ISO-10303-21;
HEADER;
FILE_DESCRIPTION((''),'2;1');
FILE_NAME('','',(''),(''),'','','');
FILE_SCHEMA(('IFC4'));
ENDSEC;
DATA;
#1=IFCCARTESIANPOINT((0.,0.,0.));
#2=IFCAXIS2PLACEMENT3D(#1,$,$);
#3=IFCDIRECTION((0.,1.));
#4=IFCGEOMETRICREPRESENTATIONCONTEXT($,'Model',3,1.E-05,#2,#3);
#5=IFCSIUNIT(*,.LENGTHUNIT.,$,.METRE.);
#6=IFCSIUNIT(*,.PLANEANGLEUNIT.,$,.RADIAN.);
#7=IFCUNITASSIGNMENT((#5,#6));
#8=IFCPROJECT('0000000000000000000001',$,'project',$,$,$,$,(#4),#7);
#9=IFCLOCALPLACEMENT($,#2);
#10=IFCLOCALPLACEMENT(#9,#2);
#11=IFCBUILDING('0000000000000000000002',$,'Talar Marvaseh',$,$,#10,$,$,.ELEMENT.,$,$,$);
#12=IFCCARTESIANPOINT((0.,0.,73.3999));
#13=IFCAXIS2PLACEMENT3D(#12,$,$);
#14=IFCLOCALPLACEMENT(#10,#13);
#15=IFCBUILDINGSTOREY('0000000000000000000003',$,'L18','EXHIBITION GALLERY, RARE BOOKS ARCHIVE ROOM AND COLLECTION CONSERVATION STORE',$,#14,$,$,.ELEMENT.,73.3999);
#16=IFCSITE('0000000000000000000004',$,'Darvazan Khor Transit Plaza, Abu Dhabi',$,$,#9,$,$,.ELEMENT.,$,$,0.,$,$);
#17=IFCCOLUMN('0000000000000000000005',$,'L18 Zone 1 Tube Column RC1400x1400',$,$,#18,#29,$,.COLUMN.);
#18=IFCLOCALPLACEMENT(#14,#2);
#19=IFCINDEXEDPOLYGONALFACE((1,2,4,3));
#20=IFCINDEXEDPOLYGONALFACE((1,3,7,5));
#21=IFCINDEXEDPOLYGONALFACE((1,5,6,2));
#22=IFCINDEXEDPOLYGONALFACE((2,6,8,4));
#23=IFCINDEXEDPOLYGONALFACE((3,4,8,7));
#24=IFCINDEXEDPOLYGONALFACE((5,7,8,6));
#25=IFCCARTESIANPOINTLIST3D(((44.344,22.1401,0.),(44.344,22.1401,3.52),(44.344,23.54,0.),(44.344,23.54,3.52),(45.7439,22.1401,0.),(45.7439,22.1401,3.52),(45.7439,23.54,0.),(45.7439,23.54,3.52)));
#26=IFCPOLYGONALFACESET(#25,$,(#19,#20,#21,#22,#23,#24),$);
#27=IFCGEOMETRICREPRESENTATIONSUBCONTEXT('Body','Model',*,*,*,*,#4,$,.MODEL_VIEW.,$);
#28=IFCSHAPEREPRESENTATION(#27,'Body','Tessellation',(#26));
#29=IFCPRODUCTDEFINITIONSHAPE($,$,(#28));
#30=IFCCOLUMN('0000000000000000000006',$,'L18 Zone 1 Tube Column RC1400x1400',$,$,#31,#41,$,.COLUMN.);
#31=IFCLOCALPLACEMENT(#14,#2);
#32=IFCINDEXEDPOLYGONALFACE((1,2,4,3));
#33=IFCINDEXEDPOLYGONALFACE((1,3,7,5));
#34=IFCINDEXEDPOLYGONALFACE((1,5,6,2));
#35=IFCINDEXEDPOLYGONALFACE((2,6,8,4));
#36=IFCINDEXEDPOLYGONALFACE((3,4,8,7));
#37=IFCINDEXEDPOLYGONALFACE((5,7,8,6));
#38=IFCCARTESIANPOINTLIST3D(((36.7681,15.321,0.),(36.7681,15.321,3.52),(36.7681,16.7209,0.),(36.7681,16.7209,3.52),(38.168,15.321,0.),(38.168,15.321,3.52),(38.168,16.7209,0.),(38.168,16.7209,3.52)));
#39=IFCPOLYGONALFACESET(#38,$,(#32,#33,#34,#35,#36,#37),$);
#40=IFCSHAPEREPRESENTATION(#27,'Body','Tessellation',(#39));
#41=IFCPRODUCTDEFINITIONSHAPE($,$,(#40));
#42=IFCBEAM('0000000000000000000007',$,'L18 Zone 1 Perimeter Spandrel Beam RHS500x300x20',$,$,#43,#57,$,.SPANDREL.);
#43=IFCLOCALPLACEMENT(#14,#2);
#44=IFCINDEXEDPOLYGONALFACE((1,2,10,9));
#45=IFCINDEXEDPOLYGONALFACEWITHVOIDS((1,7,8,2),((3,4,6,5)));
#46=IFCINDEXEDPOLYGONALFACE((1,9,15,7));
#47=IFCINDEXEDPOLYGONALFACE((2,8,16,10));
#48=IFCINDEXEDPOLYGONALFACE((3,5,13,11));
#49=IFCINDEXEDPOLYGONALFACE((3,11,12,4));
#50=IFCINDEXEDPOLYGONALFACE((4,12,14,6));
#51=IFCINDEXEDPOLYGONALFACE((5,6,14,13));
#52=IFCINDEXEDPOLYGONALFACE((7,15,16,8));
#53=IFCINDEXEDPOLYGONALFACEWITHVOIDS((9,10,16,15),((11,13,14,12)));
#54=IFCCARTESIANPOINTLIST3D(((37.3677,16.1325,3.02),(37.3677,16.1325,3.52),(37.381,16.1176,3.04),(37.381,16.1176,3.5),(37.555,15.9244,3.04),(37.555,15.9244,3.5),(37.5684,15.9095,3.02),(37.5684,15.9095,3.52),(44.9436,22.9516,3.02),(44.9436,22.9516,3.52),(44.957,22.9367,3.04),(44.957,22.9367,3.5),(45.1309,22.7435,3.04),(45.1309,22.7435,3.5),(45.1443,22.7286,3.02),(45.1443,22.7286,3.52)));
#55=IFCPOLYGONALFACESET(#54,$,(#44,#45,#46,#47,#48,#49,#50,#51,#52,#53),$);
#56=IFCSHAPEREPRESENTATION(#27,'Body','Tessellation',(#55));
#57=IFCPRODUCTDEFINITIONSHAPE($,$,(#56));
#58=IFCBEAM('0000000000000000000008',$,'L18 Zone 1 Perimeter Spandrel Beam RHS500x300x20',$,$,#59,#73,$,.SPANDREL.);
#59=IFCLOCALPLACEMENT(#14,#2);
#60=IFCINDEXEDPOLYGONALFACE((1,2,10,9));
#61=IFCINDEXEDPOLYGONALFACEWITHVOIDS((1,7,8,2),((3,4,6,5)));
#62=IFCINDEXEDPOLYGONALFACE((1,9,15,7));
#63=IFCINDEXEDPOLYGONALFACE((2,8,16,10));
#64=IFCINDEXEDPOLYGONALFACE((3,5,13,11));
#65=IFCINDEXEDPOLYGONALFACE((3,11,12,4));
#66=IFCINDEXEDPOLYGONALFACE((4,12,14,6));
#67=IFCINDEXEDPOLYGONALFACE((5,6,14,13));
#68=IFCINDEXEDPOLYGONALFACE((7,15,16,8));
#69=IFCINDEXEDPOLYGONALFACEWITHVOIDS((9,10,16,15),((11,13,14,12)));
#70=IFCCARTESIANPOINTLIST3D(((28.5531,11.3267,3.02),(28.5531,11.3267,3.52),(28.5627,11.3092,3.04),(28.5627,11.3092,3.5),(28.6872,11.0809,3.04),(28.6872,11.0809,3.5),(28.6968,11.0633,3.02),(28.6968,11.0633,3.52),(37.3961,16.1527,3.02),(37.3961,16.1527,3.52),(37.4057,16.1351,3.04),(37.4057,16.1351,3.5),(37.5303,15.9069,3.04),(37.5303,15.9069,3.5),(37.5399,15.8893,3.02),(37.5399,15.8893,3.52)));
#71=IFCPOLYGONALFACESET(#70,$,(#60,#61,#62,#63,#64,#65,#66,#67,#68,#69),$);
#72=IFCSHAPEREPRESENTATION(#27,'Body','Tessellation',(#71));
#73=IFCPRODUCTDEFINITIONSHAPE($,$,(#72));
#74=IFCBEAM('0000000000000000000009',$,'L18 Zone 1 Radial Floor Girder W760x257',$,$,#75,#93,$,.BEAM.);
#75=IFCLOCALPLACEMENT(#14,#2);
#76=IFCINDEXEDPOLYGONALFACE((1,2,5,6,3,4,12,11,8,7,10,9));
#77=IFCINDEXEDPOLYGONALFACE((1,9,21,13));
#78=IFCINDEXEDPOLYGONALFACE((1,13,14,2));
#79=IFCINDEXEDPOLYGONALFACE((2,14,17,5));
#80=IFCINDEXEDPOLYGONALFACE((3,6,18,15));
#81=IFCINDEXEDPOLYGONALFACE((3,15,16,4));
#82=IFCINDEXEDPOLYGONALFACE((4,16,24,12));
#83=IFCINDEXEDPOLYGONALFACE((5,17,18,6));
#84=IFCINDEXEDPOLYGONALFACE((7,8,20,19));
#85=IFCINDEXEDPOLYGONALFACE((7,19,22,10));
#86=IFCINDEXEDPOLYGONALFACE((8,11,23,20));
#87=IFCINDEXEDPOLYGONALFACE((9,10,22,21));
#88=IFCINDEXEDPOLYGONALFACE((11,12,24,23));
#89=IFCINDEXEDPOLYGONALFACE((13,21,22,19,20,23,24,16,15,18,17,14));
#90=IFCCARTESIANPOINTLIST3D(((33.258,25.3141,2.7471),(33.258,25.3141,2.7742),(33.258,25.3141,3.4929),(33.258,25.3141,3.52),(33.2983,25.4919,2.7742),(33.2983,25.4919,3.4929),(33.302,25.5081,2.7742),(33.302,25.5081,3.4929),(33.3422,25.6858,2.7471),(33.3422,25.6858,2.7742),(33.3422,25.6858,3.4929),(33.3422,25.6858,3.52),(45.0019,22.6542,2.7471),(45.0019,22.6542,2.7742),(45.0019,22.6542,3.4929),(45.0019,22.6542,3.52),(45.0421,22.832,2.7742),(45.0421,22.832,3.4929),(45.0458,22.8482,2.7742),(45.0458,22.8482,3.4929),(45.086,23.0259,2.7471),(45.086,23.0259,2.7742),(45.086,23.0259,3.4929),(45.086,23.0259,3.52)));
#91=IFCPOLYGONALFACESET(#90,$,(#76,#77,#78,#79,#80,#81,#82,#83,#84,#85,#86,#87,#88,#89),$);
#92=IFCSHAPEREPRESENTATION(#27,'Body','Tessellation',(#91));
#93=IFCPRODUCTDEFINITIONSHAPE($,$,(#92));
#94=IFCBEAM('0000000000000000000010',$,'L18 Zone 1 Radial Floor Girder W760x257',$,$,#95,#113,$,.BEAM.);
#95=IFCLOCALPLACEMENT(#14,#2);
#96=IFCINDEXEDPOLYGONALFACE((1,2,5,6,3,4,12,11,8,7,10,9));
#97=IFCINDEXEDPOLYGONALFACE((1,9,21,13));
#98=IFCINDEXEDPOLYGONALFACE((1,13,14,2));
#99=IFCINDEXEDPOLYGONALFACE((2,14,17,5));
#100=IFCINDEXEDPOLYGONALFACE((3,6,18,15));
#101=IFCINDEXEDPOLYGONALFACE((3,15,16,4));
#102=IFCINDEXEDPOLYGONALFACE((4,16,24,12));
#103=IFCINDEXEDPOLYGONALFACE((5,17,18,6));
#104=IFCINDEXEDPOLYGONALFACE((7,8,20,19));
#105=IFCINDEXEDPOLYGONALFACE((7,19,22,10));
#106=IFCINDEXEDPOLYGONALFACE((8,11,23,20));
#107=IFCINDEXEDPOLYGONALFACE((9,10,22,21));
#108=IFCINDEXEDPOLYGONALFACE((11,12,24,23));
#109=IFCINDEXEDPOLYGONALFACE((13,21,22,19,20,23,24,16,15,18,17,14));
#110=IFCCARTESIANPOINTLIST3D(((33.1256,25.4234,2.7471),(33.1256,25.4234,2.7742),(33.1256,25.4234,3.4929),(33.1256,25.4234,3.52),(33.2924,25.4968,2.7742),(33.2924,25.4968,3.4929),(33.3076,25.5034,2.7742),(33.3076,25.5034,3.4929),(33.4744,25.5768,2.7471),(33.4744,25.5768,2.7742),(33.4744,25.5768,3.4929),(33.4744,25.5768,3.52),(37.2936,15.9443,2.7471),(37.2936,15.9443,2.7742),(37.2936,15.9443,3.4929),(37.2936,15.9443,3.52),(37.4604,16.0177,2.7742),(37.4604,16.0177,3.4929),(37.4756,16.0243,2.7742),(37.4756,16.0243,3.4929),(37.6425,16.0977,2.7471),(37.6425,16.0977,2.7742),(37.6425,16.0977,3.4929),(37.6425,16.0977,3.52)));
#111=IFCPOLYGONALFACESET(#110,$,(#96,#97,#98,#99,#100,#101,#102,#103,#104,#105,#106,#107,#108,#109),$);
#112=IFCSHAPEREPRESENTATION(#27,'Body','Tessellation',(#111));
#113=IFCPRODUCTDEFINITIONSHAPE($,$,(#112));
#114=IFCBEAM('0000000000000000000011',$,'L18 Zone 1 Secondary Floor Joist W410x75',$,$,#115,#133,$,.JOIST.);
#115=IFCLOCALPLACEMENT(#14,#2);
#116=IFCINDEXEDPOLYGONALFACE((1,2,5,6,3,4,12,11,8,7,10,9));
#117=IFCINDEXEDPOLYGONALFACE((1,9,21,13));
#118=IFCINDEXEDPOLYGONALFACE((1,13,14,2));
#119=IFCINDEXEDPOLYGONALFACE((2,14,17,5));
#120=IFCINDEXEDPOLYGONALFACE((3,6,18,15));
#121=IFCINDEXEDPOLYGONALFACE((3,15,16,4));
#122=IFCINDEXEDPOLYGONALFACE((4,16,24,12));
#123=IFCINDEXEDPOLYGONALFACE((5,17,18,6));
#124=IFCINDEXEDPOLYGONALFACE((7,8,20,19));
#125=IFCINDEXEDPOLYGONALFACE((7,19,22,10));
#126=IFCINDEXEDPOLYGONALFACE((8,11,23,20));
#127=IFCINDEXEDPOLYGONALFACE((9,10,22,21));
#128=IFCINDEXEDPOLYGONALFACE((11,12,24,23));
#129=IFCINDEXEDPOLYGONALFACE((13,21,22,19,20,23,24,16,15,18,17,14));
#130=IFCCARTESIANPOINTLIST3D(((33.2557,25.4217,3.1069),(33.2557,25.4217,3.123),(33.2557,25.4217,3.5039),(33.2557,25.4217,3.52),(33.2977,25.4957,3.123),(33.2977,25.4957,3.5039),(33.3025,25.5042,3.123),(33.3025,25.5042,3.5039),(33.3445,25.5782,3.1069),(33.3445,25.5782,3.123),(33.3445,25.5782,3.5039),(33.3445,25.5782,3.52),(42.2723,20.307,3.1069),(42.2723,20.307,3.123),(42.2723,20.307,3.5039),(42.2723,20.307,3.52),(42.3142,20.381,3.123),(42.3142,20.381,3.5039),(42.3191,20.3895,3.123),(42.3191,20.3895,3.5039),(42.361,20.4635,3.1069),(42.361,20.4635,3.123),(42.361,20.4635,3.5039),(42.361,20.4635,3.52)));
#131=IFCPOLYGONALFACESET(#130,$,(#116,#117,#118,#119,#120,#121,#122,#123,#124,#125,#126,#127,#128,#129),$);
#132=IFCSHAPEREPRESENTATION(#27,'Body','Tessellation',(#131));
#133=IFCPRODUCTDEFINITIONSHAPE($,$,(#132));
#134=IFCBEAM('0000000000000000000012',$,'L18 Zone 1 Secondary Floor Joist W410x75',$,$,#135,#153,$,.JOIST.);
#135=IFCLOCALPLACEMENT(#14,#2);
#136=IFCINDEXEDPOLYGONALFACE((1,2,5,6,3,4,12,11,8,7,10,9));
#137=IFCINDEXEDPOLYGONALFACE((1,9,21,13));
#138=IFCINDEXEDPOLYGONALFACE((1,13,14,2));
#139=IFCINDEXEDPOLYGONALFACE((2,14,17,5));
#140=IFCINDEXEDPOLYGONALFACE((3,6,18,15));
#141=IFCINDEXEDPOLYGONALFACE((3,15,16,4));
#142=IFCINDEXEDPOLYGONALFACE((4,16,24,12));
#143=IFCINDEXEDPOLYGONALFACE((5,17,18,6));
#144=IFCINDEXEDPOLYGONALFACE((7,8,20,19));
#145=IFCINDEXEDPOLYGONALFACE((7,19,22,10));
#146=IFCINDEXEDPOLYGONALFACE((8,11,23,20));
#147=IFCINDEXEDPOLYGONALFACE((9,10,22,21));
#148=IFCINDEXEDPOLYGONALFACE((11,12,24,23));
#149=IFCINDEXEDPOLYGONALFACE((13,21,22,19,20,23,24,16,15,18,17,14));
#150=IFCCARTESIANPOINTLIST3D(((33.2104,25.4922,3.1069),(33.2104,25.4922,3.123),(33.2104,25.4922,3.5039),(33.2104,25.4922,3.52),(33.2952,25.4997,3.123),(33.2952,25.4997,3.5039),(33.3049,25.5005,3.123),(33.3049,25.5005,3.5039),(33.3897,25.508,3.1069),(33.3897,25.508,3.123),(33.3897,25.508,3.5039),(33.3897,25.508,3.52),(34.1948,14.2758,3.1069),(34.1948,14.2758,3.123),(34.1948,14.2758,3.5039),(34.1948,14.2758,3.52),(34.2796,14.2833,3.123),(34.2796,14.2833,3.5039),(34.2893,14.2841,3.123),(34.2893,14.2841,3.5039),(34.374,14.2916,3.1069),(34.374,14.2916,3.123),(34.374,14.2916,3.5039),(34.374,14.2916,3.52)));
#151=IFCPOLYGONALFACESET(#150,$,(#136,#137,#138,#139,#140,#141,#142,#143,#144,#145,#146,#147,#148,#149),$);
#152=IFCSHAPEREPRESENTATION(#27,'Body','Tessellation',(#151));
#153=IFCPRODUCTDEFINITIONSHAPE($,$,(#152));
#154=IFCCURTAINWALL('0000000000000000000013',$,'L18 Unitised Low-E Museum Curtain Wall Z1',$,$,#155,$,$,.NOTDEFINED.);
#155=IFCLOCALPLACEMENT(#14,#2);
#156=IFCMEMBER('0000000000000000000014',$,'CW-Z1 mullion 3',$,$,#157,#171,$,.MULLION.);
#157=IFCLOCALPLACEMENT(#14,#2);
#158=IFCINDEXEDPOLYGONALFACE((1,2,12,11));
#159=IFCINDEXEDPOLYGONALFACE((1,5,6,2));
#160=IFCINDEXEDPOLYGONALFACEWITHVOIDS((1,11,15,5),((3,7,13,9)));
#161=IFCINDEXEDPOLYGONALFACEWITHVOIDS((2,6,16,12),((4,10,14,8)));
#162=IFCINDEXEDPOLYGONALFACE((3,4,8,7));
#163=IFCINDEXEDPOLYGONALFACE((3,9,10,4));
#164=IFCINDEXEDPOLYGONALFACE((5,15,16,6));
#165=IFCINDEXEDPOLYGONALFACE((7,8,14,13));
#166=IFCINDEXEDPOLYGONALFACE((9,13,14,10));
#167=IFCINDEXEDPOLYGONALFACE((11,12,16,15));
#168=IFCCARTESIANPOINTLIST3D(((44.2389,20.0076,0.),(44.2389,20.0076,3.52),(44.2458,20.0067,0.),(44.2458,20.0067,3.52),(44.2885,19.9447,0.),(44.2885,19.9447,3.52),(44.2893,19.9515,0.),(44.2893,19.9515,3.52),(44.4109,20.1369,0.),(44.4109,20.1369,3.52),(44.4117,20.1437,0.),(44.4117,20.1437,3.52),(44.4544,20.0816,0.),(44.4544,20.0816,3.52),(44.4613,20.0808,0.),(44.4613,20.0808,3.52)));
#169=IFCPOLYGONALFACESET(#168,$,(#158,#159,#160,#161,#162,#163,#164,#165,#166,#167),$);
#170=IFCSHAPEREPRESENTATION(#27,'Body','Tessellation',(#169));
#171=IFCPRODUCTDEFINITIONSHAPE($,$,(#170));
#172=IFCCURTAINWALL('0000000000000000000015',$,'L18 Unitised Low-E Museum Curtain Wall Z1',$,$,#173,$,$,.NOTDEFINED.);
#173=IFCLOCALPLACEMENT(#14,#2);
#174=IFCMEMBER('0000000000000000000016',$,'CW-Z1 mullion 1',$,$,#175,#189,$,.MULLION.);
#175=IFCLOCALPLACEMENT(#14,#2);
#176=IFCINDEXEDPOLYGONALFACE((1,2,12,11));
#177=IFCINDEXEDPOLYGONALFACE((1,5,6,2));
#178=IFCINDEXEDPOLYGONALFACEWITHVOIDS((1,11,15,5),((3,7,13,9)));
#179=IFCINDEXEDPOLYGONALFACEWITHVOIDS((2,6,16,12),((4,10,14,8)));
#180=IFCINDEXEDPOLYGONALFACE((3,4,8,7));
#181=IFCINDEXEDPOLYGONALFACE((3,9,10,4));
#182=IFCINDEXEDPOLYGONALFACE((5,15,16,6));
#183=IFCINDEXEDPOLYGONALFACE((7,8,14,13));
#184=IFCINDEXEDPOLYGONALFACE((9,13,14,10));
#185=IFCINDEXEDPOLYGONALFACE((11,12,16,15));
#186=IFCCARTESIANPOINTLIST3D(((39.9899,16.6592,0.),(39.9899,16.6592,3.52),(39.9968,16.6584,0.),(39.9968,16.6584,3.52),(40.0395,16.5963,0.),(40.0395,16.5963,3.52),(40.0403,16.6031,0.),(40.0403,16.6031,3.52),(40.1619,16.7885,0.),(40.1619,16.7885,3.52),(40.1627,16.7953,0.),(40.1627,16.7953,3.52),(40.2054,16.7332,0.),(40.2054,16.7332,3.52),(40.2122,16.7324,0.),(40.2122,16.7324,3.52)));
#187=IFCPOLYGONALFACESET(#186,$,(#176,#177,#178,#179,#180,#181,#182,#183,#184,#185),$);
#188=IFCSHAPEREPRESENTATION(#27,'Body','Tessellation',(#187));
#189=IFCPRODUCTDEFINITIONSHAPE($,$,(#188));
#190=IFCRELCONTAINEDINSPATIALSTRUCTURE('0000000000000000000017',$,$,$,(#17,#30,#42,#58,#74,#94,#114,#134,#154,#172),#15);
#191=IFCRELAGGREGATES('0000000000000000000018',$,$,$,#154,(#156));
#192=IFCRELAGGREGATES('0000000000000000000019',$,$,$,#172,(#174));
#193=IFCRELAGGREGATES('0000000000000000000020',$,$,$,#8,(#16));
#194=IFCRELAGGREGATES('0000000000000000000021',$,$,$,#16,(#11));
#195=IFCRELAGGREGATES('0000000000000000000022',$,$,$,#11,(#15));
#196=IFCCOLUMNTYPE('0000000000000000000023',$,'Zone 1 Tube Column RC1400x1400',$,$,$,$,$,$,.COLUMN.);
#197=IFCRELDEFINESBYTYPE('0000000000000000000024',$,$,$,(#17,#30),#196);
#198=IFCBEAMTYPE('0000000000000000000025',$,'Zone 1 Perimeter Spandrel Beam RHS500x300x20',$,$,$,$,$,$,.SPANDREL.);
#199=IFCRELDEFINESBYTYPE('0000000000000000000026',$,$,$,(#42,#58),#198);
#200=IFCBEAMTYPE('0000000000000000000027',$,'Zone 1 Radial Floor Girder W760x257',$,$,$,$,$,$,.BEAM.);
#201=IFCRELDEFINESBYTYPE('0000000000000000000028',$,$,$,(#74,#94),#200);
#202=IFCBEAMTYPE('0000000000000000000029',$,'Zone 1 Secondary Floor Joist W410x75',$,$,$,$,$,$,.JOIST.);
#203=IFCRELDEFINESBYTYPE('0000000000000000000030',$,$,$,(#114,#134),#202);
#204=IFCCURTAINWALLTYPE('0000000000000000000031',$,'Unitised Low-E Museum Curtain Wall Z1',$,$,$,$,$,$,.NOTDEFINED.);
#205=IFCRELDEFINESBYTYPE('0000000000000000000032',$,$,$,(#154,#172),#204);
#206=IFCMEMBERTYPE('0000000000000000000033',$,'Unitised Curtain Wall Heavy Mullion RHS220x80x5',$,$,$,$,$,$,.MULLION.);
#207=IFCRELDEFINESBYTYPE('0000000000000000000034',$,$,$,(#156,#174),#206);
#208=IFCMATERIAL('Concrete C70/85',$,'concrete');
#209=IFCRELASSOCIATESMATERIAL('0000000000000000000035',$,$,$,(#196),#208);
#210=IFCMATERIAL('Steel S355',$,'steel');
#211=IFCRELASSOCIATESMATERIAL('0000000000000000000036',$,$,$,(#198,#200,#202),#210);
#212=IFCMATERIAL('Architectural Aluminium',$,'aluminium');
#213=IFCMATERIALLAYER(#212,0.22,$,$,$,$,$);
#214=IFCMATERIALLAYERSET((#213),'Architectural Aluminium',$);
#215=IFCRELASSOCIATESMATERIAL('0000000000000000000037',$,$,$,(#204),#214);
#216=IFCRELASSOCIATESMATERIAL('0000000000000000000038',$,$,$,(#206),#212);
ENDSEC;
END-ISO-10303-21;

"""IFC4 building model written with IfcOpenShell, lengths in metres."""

from ifc_helpers import new_model, si_unit, direction, frame, origin, origin_2d, place, context, subcontext, project, spatial, rectangle, hollow_rectangle, i_section, extrude, source, transform, mapped, material, layer, layer_set, material_profile, profile_set, type_object, type_shapes, element, aggregate, save


model = new_model("IFC4")

# Units and contexts
model_context = context("Model", 3, precision=1e-05, world=origin(), true_north=direction((0.0, 1.0)))
body_context = subcontext(model_context, "Body", "Model", "MODEL_VIEW")
ifc_project = project(units=[si_unit("LENGTHUNIT", "METRE"), si_unit("PLANEANGLEUNIT", "RADIAN")], contexts=[model_context])

# Site, building, storey
site_placement = place(None, origin())
site = spatial("IfcSite", under=ifc_project, at=site_placement, Name="Darvazan Khor Transit Plaza, Abu Dhabi", CompositionType="ELEMENT", RefElevation=0.0)
building_placement = place(site_placement, origin())
building = spatial("IfcBuilding", under=site, at=building_placement, Name="Talar Marvaseh", CompositionType="ELEMENT")
storey_placement = place(building_placement, frame((0.0, 0.0, 73.3999)))
storey = spatial("IfcBuildingStorey", under=building, at=storey_placement, Name="L18", Description="EXHIBITION GALLERY, RARE BOOKS ARCHIVE ROOM AND COLLECTION CONSERVATION STORE", CompositionType="ELEMENT", Elevation=73.3999)

# Columns
ifc_material_1 = material(Name="Concrete C70/85", Category="concrete")
ifc_material_profile_1 = material_profile(ifc_material_1, rectangle(XDim=1.3999, YDim=1.3999, at=origin_2d()), Name="RC1400x1400")
ifc_profile_set_1 = profile_set([ifc_material_profile_1], Name="Concrete C70/85")
column_type = type_object("IfcColumnType", Name="Zone 1 Tube Column RC1400x1400", PredefinedType="COLUMN", material=ifc_profile_set_1)
for number, where, z_axis, x_axis, name in (
    (1, (45.0439, 22.8401, 0.0), (0.0, 0.0, 1.0), (1.0, 0.0, 0.0), "L18 Zone 1 Tube Column RC1400x1400"),
    (2, (37.468, 16.021, 0.0), (0.0, 0.0, 1.0), (1.0, 0.0, 0.0), "L18 Zone 1 Tube Column RC1400x1400"),
):
    element("IfcColumn", number, at=place(storey_placement, frame(where, z_axis=z_axis, x_axis=x_axis)), inside=storey, type_object=column_type, Name=name, PredefinedType="COLUMN", context=body_context, shape_type="SweptSolid", body=[
        extrude(rectangle(XDim=1.3999, YDim=1.3999, at=origin_2d()), origin(), (0.0, 0.0, 1.0), 3.52),
    ])

# Beams
ifc_material_2 = material(Name="Steel S355", Category="steel")
ifc_material_profile_2 = material_profile(ifc_material_2, hollow_rectangle(XDim=0.3, YDim=0.5, WallThickness=0.02, at=origin_2d()), Name="RHS500x300x20")
ifc_profile_set_2 = profile_set([ifc_material_profile_2], Name="Steel S355")
beam_type_1 = type_object("IfcBeamType", Name="Zone 1 Perimeter Spandrel Beam RHS500x300x20", PredefinedType="SPANDREL", material=ifc_profile_set_2)
beam_1_placement = place(storey_placement, frame((45.0439, 22.8401, 3.27), z_axis=(-0.743257, -0.669006, 0.0), x_axis=(0.669006, -0.743257, 0.0)))
element("IfcBeam", 3, at=beam_1_placement, inside=storey, type_object=beam_type_1, Name="L18 Zone 1 Perimeter Spandrel Beam RHS500x300x20", PredefinedType="SPANDREL", context=body_context, shape_type="SweptSolid", body=[
    extrude(hollow_rectangle(XDim=0.3, YDim=0.5, WallThickness=0.02, at=origin_2d()), origin(), (0.0, 0.0, 1.0), 10.1929),
])
beam_2_placement = place(storey_placement, frame((37.468, 16.021, 3.27), z_axis=(-0.877793, -0.479041, 0.0), x_axis=(0.479041, -0.877793, 0.0)))
element("IfcBeam", 4, at=beam_2_placement, inside=storey, type_object=beam_type_1, Name="L18 Zone 1 Perimeter Spandrel Beam RHS500x300x20", PredefinedType="SPANDREL", context=body_context, shape_type="SweptSolid", body=[
    extrude(hollow_rectangle(XDim=0.3, YDim=0.5, WallThickness=0.02, at=origin_2d()), origin(), (0.0, 0.0, 1.0), 10.0742),
])
ifc_material_profile_3 = material_profile(ifc_material_2, i_section(OverallWidth=0.3811, OverallDepth=0.7729, WebThickness=0.0166, FlangeThickness=0.0271, at=origin_2d()), Name="W760x257")
ifc_profile_set_3 = profile_set([ifc_material_profile_3], Name="Steel S355")
beam_type_2 = type_object("IfcBeamType", Name="Zone 1 Radial Floor Girder W760x257", PredefinedType="BEAM", material=ifc_profile_set_3)
beam_3_placement = place(storey_placement, frame((45.0439, 22.8401, 3.1335), z_axis=(-0.975297, 0.220898, 0.0), x_axis=(-0.220898, -0.975297, 0.0)))
element("IfcBeam", 5, at=beam_3_placement, inside=storey, type_object=beam_type_2, Name="L18 Zone 1 Radial Floor Girder W760x257", PredefinedType="BEAM", context=body_context, shape_type="SweptSolid", body=[
    extrude(i_section(OverallWidth=0.3811, OverallDepth=0.7729, WebThickness=0.0166, FlangeThickness=0.0271, at=origin_2d()), origin(), (0.0, 0.0, 1.0), 12.0413),
])
beam_4_placement = place(storey_placement, frame((37.468, 16.021, 3.1335), z_axis=(-0.402513, 0.915414, 0.0), x_axis=(-0.915414, -0.402513, 0.0)))
element("IfcBeam", 6, at=beam_4_placement, inside=storey, type_object=beam_type_2, Name="L18 Zone 1 Radial Floor Girder W760x257", PredefinedType="BEAM", context=body_context, shape_type="SweptSolid", body=[
    extrude(i_section(OverallWidth=0.3811, OverallDepth=0.7729, WebThickness=0.0166, FlangeThickness=0.0271, at=origin_2d()), origin(), (0.0, 0.0, 1.0), 10.355),
])
ifc_material_profile_4 = material_profile(ifc_material_2, i_section(OverallWidth=0.1799, OverallDepth=0.4131, WebThickness=0.0098, FlangeThickness=0.0161, at=origin_2d()), Name="W410x75")
ifc_profile_set_4 = profile_set([ifc_material_profile_4], Name="Steel S355")
beam_type_3 = type_object("IfcBeamType", Name="Zone 1 Secondary Floor Joist W410x75", PredefinedType="JOIST", material=ifc_profile_set_4)
beam_5_placement = place(storey_placement, frame((42.3167, 20.3853, 3.3135), z_axis=(-0.869801, 0.493402, 0.0), x_axis=(-0.493402, -0.869801, 0.0)))
element("IfcBeam", 7, at=beam_5_placement, inside=storey, type_object=beam_type_3, Name="L18 Zone 1 Secondary Floor Joist W410x75", PredefinedType="JOIST", context=body_context, shape_type="SweptSolid", body=[
    extrude(i_section(OverallWidth=0.1799, OverallDepth=0.4131, WebThickness=0.0098, FlangeThickness=0.0161, at=origin_2d()), origin(), (0.0, 0.0, 1.0), 10.3662),
])
beam_6_placement = place(storey_placement, frame((34.2844, 14.2837, 3.3135), z_axis=(-0.087427, 0.996171, 0.0), x_axis=(-0.996171, -0.087427, 0.0)))
element("IfcBeam", 8, at=beam_6_placement, inside=storey, type_object=beam_type_3, Name="L18 Zone 1 Secondary Floor Joist W410x75", PredefinedType="JOIST", context=body_context, shape_type="SweptSolid", body=[
    extrude(i_section(OverallWidth=0.1799, OverallDepth=0.4131, WebThickness=0.0098, FlangeThickness=0.0161, at=origin_2d()), origin(), (0.0, 0.0, 1.0), 11.2595),
])

# Curtain wall, member
ifc_material_3 = material(Name="Architectural Aluminium", Category="aluminium")
ifc_layer_1 = layer(ifc_material_3, 0.22)
ifc_layer_set_1 = layer_set([ifc_layer_1], Name="Architectural Aluminium")
curtain_wall_type = type_object("IfcCurtainWallType", Name="Unitised Low-E Museum Curtain Wall Z1", PredefinedType="NOTDEFINED", material=ifc_layer_set_1)
curtain_wall_1_placement = place(storey_placement, origin())
curtain_wall_1 = element("IfcCurtainWall", 9, at=curtain_wall_1_placement, inside=storey, type_object=curtain_wall_type, Name="L18 Unitised Low-E Museum Curtain Wall Z1", PredefinedType="NOTDEFINED")
ifc_material_profile_5 = material_profile(ifc_material_3, hollow_rectangle(XDim=0.0801, YDim=0.22, WallThickness=0.0049, at=origin_2d()), Name="RHS220x80x5")
ifc_profile_set_5 = profile_set([ifc_material_profile_5], Name="Architectural Aluminium")
member_type_1 = type_object("IfcMemberType", Name="Unitised Curtain Wall Heavy Mullion RHS220x80x5", PredefinedType="MULLION", material=ifc_profile_set_5)
shared_shape_1 = source(origin(), body_context, "Body", "SweptSolid", [
    extrude(hollow_rectangle(XDim=0.0801, YDim=0.22, WallThickness=0.0049, at=origin_2d()), origin(), (0.0, 0.0, 1.0), 3.52),
])
type_shapes(member_type_1, [shared_shape_1])
member_1_placement = place(storey_placement, frame((44.3501, 20.0442, 0.0), z_axis=(0.0, 0.0, 1.0), x_axis=(0.618972, -0.785413, 0.0)))
member_1 = element("IfcMember", 10, at=member_1_placement, type_object=member_type_1, Name="CW-Z1 mullion 3", PredefinedType="MULLION", context=body_context, shape_type="MappedRepresentation", body=[
    mapped(shared_shape_1, transform((0.0, 0.0, 0.0), x_axis=(1.0, 0.0, 0.0), y_axis=(0.0, 1.0, 0.0), z_axis=(0.0, 0.0, 1.0), scale=1.0)),
])

# Curtain wall, member
curtain_wall_2_placement = place(storey_placement, origin())
curtain_wall_2 = element("IfcCurtainWall", 11, at=curtain_wall_2_placement, inside=storey, type_object=curtain_wall_type, Name="L18 Unitised Low-E Museum Curtain Wall Z1", PredefinedType="NOTDEFINED")
member_2_placement = place(storey_placement, frame((40.1011, 16.6958, 0.0), z_axis=(0.0, 0.0, 1.0), x_axis=(0.618972, -0.785413, 0.0)))
member_2 = element("IfcMember", 12, at=member_2_placement, type_object=member_type_1, Name="CW-Z1 mullion 1", PredefinedType="MULLION", context=body_context, shape_type="MappedRepresentation", body=[
    mapped(shared_shape_1, transform((0.0, 0.0, 0.0), x_axis=(1.0, 0.0, 0.0), y_axis=(0.0, 1.0, 0.0), z_axis=(0.0, 0.0, 1.0), scale=1.0)),
])

aggregate(curtain_wall_1, [member_1])
aggregate(curtain_wall_2, [member_2])

save(model, "model.ifc")
